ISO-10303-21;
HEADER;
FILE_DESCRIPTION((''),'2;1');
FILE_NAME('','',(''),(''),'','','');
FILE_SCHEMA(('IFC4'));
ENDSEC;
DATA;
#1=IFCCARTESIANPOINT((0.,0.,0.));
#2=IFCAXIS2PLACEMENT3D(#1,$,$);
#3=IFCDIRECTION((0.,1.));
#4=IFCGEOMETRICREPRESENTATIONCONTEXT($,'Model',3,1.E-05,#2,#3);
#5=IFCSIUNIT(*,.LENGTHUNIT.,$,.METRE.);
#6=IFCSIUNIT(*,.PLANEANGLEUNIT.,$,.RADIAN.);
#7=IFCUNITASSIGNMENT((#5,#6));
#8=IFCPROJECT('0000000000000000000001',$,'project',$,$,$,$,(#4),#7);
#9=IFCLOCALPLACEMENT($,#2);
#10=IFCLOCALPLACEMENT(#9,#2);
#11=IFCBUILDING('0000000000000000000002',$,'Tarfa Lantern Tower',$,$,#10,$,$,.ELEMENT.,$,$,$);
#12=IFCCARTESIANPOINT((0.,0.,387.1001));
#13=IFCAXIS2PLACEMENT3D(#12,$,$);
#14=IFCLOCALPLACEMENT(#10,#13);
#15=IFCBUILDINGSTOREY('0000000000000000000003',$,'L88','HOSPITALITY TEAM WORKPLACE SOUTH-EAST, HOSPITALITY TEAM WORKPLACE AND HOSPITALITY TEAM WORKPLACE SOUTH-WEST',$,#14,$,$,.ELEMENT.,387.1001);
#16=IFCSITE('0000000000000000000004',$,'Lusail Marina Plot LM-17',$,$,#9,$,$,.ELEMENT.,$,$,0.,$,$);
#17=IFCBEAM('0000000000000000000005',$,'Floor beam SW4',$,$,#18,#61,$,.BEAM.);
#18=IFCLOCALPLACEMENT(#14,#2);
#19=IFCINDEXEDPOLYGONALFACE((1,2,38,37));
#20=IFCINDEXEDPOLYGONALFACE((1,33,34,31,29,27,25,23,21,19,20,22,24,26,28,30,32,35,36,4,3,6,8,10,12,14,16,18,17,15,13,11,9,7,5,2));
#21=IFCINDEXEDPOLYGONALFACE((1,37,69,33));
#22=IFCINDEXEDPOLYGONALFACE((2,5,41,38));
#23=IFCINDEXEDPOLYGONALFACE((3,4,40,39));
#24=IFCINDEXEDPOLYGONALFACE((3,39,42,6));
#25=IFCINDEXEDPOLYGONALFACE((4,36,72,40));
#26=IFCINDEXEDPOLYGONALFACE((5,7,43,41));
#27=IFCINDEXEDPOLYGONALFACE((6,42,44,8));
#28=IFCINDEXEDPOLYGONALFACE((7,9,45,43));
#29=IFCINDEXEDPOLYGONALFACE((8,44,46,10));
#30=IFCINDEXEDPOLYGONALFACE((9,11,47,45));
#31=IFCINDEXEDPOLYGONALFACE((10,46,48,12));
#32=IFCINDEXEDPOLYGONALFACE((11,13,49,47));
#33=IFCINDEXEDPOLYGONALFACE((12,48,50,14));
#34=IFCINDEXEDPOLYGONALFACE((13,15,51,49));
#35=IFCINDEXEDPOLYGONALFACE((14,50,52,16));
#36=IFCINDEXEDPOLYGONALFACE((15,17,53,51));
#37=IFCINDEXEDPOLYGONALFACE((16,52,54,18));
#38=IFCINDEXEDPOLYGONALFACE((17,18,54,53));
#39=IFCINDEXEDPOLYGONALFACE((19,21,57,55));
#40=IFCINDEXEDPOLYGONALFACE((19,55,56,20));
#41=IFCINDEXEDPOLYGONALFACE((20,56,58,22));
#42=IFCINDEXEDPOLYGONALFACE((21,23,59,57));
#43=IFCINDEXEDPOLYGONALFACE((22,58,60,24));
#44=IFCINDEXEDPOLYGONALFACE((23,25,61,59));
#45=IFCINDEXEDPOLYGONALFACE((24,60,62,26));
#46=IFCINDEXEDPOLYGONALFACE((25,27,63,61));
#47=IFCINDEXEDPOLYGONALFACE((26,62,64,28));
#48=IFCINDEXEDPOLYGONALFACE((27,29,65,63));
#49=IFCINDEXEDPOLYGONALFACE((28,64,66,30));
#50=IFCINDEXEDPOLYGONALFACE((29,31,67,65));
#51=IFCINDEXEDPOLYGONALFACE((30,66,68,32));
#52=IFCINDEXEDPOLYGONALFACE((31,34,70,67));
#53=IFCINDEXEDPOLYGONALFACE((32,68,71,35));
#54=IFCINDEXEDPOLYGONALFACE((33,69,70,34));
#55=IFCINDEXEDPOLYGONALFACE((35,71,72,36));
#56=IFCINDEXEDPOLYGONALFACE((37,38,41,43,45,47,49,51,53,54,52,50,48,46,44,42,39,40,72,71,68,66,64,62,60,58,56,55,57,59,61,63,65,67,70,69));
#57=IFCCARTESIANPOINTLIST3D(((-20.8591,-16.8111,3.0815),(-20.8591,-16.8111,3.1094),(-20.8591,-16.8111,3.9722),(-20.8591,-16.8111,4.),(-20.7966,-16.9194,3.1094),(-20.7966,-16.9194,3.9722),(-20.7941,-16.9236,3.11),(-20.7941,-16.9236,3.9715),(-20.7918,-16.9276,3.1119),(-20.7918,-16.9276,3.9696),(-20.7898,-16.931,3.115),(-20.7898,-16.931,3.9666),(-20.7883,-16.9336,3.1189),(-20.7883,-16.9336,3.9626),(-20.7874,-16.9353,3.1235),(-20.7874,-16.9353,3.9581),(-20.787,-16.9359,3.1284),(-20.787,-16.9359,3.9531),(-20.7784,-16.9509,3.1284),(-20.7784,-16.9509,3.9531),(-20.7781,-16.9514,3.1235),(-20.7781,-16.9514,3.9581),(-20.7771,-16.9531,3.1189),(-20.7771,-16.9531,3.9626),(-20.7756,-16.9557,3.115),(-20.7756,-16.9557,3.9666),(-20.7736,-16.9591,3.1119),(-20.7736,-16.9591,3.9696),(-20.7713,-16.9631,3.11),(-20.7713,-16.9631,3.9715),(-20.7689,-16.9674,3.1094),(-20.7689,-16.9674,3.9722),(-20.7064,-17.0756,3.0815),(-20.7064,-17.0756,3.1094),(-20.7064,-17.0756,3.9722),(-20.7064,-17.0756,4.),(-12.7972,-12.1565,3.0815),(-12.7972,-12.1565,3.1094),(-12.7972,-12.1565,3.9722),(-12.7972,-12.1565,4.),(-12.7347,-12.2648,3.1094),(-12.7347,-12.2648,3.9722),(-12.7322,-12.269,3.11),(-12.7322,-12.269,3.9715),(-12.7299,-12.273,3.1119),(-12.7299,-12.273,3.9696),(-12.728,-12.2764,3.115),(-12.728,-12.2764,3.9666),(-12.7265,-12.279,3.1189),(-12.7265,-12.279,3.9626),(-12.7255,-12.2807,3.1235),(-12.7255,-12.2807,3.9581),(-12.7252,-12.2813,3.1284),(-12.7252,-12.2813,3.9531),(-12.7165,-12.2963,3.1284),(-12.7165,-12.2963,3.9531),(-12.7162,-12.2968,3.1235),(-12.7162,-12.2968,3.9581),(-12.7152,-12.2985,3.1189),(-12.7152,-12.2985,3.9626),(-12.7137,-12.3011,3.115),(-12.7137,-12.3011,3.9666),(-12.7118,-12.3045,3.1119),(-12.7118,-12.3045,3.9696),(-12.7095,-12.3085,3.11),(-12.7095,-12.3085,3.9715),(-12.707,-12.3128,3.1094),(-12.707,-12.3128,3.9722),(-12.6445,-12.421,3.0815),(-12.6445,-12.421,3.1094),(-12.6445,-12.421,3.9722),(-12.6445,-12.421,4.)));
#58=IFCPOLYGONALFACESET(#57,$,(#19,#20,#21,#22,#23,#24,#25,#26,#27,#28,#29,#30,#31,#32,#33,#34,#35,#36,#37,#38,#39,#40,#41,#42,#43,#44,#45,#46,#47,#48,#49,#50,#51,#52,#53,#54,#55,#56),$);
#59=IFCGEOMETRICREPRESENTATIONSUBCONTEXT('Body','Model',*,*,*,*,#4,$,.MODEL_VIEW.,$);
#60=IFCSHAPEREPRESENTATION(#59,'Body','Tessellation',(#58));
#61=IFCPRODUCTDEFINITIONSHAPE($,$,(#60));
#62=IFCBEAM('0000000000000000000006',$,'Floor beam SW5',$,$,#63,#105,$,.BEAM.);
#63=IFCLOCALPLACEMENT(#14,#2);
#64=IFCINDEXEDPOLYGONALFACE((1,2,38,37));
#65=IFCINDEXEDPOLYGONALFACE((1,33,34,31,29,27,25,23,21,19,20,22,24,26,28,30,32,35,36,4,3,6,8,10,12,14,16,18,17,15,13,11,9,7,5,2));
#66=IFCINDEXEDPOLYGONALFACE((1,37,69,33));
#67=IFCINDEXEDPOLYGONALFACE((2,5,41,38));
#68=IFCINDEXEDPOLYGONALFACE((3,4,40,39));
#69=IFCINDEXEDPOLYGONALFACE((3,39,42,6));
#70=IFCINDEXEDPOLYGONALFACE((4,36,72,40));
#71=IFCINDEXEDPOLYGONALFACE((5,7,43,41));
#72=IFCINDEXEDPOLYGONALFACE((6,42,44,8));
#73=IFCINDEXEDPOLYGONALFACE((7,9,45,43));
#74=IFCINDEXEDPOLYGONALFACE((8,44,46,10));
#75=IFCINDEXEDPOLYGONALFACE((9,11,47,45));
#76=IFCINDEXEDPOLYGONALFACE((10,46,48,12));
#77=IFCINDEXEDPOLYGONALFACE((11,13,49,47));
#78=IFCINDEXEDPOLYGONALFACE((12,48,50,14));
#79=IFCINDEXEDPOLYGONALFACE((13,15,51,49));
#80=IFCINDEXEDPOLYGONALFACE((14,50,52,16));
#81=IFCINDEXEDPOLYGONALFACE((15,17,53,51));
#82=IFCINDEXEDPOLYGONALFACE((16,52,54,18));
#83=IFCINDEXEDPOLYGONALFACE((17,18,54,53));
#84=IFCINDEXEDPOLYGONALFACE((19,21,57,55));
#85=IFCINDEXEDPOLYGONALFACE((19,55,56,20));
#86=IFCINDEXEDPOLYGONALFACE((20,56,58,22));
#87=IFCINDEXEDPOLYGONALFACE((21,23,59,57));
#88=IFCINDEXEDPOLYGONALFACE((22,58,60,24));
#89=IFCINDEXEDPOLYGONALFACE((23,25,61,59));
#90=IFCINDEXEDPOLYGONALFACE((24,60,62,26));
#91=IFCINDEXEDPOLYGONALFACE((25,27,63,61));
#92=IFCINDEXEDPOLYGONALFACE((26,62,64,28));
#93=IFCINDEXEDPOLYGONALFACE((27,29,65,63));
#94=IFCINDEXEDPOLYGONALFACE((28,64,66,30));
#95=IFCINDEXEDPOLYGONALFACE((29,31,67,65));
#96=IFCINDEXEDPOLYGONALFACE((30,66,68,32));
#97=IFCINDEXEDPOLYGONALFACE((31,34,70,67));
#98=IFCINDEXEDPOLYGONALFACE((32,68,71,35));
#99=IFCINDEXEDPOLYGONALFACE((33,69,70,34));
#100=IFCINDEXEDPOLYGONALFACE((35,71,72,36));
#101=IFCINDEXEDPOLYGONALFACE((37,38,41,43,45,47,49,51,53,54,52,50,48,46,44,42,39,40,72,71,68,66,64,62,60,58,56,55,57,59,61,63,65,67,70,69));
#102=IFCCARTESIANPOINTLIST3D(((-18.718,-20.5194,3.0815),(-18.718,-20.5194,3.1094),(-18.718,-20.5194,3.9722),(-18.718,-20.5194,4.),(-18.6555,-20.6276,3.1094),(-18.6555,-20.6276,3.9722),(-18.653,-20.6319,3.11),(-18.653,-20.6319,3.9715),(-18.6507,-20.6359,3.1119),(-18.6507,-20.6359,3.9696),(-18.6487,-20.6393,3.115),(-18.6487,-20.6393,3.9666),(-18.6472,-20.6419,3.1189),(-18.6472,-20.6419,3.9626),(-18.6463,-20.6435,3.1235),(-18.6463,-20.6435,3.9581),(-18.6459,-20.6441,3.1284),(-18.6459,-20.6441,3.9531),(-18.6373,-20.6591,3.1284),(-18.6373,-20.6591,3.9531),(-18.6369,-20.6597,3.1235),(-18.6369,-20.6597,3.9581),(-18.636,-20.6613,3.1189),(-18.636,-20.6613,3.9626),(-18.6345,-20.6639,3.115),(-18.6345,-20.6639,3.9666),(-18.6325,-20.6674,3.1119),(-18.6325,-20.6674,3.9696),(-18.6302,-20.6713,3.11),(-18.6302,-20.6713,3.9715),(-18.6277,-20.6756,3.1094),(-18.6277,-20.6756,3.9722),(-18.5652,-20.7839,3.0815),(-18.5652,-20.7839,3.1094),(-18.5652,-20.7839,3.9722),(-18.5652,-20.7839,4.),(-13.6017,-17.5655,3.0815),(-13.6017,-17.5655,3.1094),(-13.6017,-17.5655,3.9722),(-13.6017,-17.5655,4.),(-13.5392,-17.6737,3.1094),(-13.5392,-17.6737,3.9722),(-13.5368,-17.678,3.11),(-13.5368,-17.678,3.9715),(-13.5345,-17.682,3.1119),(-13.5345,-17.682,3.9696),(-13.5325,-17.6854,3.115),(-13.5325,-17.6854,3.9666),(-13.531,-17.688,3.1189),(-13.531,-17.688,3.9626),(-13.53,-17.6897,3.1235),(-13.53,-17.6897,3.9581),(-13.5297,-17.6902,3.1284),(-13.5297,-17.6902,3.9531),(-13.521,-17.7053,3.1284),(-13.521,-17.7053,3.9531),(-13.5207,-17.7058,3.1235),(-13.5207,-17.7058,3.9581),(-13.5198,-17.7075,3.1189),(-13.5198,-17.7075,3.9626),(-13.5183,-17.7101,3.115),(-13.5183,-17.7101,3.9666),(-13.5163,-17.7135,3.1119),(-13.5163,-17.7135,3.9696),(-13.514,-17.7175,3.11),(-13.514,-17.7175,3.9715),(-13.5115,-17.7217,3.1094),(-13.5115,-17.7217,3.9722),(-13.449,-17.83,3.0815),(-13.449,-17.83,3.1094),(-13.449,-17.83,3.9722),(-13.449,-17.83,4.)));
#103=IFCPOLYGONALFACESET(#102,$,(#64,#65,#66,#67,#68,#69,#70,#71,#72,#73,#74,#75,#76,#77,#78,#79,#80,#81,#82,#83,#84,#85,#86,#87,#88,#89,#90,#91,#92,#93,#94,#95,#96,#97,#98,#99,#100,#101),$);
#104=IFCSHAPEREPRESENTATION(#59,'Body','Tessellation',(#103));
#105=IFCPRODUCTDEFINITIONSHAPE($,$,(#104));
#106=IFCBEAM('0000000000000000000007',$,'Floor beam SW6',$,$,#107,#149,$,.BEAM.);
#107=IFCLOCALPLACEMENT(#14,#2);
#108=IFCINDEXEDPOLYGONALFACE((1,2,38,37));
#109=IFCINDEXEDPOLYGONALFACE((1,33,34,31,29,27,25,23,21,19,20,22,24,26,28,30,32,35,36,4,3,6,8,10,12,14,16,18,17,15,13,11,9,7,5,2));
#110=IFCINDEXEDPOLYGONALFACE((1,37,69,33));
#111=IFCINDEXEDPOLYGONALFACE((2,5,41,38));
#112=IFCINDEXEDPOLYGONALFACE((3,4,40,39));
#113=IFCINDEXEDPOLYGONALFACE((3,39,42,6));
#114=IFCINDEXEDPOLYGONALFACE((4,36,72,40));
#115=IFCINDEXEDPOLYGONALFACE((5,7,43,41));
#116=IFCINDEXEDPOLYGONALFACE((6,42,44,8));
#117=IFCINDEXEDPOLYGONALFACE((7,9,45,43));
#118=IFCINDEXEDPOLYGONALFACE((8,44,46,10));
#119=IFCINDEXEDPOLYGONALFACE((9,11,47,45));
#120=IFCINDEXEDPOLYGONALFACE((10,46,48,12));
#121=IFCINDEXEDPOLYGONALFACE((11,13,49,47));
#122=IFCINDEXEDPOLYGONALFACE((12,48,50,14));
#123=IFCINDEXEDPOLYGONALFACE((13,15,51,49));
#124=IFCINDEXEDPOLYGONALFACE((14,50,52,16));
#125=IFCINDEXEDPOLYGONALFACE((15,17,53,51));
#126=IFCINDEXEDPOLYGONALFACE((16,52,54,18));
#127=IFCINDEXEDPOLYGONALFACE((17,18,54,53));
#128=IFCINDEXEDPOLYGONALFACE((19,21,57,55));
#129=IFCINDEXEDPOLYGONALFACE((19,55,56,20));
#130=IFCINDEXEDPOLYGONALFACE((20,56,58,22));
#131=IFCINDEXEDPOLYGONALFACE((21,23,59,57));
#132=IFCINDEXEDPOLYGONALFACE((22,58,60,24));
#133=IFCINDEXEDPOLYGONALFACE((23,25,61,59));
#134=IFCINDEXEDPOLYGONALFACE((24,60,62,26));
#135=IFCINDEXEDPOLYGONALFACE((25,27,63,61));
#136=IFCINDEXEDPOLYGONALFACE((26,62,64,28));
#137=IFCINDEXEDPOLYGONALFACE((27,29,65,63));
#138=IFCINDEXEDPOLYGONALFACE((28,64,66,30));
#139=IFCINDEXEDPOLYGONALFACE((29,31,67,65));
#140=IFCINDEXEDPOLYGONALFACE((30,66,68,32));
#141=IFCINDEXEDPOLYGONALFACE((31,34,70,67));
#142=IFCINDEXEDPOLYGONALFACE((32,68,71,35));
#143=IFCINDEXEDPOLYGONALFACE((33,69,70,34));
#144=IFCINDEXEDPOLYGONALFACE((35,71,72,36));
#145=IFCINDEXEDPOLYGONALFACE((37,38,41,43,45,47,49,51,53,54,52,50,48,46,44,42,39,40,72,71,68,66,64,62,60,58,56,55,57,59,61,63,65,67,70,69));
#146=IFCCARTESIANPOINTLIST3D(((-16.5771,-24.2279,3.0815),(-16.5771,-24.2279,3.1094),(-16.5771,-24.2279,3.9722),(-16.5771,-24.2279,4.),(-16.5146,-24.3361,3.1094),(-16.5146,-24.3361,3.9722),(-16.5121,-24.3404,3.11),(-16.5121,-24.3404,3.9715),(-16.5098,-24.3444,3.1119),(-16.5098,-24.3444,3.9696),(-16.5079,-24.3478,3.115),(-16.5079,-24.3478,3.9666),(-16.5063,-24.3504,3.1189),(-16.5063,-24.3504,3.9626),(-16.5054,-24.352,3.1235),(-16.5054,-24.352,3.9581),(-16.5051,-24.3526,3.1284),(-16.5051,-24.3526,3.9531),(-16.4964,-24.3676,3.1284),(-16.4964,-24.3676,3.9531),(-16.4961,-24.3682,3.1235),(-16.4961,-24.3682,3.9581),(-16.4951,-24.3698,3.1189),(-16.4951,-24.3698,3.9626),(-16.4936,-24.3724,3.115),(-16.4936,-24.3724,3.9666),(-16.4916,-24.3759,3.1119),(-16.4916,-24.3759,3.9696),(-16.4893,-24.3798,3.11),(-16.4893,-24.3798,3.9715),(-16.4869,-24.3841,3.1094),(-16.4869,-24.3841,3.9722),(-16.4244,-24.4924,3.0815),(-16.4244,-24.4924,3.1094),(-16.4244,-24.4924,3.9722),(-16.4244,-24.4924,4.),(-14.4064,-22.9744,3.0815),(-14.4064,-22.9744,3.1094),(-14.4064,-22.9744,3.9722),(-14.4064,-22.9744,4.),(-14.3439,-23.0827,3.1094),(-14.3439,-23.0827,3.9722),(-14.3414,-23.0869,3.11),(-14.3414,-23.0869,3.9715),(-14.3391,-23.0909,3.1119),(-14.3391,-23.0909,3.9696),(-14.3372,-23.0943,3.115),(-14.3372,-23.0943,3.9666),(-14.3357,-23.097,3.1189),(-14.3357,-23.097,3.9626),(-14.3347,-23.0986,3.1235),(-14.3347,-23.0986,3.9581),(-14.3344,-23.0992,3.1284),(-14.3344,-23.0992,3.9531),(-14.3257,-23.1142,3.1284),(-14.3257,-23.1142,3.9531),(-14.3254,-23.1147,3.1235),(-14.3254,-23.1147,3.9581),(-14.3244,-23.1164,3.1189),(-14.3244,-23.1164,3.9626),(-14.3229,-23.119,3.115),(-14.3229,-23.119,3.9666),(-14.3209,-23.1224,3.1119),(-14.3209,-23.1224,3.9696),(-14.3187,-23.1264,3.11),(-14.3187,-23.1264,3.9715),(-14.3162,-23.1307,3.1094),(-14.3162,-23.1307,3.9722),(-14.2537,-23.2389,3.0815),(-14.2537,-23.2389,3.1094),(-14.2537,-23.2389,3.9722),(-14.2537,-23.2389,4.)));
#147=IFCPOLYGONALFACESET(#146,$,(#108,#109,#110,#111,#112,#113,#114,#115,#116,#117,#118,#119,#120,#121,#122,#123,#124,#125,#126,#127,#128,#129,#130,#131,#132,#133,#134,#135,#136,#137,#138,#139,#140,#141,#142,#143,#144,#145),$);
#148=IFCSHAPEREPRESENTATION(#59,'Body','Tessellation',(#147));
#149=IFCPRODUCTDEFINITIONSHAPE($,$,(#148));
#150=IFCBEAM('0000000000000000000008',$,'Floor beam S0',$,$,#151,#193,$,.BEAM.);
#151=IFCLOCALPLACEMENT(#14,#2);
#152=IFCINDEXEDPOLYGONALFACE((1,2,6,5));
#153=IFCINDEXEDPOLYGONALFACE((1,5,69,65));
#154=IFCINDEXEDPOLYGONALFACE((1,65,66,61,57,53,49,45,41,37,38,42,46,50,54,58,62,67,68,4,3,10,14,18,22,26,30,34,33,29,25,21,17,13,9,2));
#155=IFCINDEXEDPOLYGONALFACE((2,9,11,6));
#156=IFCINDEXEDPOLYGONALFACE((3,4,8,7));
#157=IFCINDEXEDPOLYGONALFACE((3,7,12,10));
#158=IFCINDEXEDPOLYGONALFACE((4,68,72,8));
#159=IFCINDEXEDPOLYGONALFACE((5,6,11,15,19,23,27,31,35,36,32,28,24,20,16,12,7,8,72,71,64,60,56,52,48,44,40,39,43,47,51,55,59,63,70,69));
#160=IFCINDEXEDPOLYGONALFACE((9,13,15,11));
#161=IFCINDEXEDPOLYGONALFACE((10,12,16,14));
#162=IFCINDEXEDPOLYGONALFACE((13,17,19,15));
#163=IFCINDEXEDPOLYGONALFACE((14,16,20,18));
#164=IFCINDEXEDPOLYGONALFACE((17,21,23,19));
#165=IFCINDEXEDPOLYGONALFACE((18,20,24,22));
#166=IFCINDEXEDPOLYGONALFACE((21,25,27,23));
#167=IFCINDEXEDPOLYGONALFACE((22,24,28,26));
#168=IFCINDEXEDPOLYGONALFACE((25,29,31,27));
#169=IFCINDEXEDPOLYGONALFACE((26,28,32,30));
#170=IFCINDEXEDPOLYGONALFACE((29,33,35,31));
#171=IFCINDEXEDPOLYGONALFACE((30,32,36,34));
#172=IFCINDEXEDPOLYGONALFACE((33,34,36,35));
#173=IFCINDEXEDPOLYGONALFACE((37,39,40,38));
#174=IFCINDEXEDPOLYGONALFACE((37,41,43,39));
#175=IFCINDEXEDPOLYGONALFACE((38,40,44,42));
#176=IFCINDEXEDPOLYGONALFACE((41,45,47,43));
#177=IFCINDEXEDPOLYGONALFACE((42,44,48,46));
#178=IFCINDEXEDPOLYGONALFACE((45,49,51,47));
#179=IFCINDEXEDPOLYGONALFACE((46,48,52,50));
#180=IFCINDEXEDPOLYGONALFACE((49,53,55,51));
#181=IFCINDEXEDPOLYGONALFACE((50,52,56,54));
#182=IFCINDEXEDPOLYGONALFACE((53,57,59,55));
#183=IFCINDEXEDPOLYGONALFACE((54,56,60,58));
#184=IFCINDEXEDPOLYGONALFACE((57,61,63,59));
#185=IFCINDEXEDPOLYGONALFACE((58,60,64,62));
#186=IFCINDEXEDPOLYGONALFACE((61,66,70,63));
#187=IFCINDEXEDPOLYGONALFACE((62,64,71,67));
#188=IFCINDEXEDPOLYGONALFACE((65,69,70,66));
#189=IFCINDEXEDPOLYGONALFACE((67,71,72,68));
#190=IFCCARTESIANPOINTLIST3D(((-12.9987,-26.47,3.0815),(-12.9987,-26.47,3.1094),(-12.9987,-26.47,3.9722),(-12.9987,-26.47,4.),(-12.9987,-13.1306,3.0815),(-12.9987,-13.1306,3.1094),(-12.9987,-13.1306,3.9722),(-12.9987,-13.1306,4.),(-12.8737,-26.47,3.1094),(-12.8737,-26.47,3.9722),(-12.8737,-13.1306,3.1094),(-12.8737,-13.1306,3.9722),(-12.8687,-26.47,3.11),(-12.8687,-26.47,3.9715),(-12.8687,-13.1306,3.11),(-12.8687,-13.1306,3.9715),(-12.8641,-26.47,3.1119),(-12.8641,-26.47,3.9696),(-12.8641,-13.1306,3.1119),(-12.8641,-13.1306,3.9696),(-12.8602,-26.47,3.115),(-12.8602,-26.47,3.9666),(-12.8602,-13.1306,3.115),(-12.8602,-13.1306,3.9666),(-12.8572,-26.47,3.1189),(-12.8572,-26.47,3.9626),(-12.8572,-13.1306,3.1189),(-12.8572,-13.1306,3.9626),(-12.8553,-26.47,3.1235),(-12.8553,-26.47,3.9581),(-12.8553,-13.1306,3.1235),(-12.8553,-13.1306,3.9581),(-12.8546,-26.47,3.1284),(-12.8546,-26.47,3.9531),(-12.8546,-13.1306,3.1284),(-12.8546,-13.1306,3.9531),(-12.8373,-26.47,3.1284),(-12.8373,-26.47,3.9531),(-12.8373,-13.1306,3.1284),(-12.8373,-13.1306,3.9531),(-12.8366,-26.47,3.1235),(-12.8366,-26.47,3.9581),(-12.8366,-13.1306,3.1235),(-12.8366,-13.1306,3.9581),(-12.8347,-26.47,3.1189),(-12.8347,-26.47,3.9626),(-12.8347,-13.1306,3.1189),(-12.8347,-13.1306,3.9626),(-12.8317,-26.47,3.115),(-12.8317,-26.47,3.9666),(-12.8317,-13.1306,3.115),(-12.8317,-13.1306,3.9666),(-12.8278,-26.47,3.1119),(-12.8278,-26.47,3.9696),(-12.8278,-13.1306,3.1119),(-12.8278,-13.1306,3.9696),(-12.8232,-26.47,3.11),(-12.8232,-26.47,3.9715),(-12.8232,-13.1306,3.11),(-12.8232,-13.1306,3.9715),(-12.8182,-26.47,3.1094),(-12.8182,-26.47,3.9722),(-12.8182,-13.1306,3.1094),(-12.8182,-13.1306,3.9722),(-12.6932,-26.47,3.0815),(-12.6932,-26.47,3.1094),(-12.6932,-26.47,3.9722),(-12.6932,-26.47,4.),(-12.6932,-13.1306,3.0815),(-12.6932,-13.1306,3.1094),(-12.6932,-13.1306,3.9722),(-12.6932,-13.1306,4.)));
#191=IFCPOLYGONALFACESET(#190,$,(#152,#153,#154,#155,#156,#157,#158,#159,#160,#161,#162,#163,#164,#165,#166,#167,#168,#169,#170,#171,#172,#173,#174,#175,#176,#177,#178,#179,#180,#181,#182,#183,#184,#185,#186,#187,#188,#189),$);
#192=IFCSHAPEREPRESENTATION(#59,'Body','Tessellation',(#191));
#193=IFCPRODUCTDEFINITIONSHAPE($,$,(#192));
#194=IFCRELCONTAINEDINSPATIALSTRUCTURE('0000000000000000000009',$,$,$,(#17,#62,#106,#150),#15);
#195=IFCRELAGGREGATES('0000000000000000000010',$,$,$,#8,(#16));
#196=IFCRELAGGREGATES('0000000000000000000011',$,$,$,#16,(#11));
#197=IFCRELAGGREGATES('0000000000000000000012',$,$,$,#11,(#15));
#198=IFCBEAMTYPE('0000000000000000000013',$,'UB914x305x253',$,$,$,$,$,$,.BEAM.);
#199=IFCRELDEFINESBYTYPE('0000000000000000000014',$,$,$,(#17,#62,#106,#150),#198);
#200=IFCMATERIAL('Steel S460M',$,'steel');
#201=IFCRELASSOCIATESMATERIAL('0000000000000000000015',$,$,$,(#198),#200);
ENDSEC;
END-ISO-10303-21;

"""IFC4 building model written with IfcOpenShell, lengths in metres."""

from ifc_helpers import new_model, si_unit, direction, frame, origin, origin_2d, place, context, subcontext, project, spatial, i_section, extrude, material, material_profile, profile_set, type_object, element, save


model = new_model("IFC4")

# Units and contexts
model_context = context("Model", 3, precision=1e-05, world=origin(), true_north=direction((0.0, 1.0)))
body_context = subcontext(model_context, "Body", "Model", "MODEL_VIEW")
ifc_project = project(units=[si_unit("LENGTHUNIT", "METRE"), si_unit("PLANEANGLEUNIT", "RADIAN")], contexts=[model_context])

# Site, building, storey
site_placement = place(None, origin())
site = spatial("IfcSite", under=ifc_project, at=site_placement, Name="Lusail Marina Plot LM-17", CompositionType="ELEMENT", RefElevation=0.0)
building_placement = place(site_placement, origin())
building = spatial("IfcBuilding", under=site, at=building_placement, Name="Tarfa Lantern Tower", CompositionType="ELEMENT")
storey_placement = place(building_placement, frame((0.0, 0.0, 387.1001)))
storey = spatial("IfcBuildingStorey", under=building, at=storey_placement, Name="L88", Description="HOSPITALITY TEAM WORKPLACE SOUTH-EAST, HOSPITALITY TEAM WORKPLACE AND HOSPITALITY TEAM WORKPLACE SOUTH-WEST", CompositionType="ELEMENT", Elevation=387.1001)

# Beams
ifc_material_1 = material(Name="Steel S460M", Category="steel")
ifc_material_profile_1 = material_profile(ifc_material_1, i_section(OverallWidth=0.3054, OverallDepth=0.9185, WebThickness=0.0173, FlangeThickness=0.0278, FilletRadius=0.019, at=origin_2d()), Name="UB914x305x253")
ifc_profile_set_1 = profile_set([ifc_material_profile_1], Name="Steel S460M")
beam_type_1 = type_object("IfcBeamType", Name="UB914x305x253", PredefinedType="BEAM", material=ifc_profile_set_1)
beam_1_placement = place(storey_placement, frame((-20.7827, -16.9434, 3.5408), z_axis=(0.866022, 0.500006, 0.0), x_axis=(-0.500006, 0.866022, 0.0)))
element("IfcBeam", 1, at=beam_1_placement, inside=storey, type_object=beam_type_1, Name="Floor beam SW4", PredefinedType="BEAM", context=body_context, shape_type="SweptSolid", body=[
    extrude(i_section(OverallWidth=0.3054, OverallDepth=0.9185, WebThickness=0.0173, FlangeThickness=0.0278, FilletRadius=0.019, at=origin_2d()), origin(), (0.0, 0.0, 1.0), 9.3091),
])
beam_2_placement = place(storey_placement, frame((-18.6416, -20.6516, 3.5408), z_axis=(0.866025, 0.500001, 0.0), x_axis=(-0.500001, 0.866025, 0.0)))
element("IfcBeam", 2, at=beam_2_placement, inside=storey, type_object=beam_type_1, Name="Floor beam SW5", PredefinedType="BEAM", context=body_context, shape_type="SweptSolid", body=[
    extrude(i_section(OverallWidth=0.3054, OverallDepth=0.9185, WebThickness=0.0173, FlangeThickness=0.0278, FilletRadius=0.019, at=origin_2d()), origin(), (0.0, 0.0, 1.0), 5.9077),
])
beam_3_placement = place(storey_placement, frame((-16.5007, -24.3601, 3.5408), z_axis=(0.865993, 0.500057, 0.0), x_axis=(-0.500057, 0.865993, 0.0)))
element("IfcBeam", 3, at=beam_3_placement, inside=storey, type_object=beam_type_1, Name="Floor beam SW6", PredefinedType="BEAM", context=body_context, shape_type="SweptSolid", body=[
    extrude(i_section(OverallWidth=0.3054, OverallDepth=0.9185, WebThickness=0.0173, FlangeThickness=0.0278, FilletRadius=0.019, at=origin_2d()), origin(), (0.0, 0.0, 1.0), 2.5066),
])
beam_4_placement = place(storey_placement, frame((-12.8459, -26.47, 3.5408), z_axis=(0.0, 1.0, 0.0), x_axis=(-1.0, 0.0, 0.0)))
element("IfcBeam", 4, at=beam_4_placement, inside=storey, type_object=beam_type_1, Name="Floor beam S0", PredefinedType="BEAM", context=body_context, shape_type="SweptSolid", body=[
    extrude(i_section(OverallWidth=0.3054, OverallDepth=0.9185, WebThickness=0.0173, FlangeThickness=0.0278, FilletRadius=0.019, at=origin_2d()), origin(), (0.0, 0.0, 1.0), 13.3394),
])

save(model, "model.ifc")
